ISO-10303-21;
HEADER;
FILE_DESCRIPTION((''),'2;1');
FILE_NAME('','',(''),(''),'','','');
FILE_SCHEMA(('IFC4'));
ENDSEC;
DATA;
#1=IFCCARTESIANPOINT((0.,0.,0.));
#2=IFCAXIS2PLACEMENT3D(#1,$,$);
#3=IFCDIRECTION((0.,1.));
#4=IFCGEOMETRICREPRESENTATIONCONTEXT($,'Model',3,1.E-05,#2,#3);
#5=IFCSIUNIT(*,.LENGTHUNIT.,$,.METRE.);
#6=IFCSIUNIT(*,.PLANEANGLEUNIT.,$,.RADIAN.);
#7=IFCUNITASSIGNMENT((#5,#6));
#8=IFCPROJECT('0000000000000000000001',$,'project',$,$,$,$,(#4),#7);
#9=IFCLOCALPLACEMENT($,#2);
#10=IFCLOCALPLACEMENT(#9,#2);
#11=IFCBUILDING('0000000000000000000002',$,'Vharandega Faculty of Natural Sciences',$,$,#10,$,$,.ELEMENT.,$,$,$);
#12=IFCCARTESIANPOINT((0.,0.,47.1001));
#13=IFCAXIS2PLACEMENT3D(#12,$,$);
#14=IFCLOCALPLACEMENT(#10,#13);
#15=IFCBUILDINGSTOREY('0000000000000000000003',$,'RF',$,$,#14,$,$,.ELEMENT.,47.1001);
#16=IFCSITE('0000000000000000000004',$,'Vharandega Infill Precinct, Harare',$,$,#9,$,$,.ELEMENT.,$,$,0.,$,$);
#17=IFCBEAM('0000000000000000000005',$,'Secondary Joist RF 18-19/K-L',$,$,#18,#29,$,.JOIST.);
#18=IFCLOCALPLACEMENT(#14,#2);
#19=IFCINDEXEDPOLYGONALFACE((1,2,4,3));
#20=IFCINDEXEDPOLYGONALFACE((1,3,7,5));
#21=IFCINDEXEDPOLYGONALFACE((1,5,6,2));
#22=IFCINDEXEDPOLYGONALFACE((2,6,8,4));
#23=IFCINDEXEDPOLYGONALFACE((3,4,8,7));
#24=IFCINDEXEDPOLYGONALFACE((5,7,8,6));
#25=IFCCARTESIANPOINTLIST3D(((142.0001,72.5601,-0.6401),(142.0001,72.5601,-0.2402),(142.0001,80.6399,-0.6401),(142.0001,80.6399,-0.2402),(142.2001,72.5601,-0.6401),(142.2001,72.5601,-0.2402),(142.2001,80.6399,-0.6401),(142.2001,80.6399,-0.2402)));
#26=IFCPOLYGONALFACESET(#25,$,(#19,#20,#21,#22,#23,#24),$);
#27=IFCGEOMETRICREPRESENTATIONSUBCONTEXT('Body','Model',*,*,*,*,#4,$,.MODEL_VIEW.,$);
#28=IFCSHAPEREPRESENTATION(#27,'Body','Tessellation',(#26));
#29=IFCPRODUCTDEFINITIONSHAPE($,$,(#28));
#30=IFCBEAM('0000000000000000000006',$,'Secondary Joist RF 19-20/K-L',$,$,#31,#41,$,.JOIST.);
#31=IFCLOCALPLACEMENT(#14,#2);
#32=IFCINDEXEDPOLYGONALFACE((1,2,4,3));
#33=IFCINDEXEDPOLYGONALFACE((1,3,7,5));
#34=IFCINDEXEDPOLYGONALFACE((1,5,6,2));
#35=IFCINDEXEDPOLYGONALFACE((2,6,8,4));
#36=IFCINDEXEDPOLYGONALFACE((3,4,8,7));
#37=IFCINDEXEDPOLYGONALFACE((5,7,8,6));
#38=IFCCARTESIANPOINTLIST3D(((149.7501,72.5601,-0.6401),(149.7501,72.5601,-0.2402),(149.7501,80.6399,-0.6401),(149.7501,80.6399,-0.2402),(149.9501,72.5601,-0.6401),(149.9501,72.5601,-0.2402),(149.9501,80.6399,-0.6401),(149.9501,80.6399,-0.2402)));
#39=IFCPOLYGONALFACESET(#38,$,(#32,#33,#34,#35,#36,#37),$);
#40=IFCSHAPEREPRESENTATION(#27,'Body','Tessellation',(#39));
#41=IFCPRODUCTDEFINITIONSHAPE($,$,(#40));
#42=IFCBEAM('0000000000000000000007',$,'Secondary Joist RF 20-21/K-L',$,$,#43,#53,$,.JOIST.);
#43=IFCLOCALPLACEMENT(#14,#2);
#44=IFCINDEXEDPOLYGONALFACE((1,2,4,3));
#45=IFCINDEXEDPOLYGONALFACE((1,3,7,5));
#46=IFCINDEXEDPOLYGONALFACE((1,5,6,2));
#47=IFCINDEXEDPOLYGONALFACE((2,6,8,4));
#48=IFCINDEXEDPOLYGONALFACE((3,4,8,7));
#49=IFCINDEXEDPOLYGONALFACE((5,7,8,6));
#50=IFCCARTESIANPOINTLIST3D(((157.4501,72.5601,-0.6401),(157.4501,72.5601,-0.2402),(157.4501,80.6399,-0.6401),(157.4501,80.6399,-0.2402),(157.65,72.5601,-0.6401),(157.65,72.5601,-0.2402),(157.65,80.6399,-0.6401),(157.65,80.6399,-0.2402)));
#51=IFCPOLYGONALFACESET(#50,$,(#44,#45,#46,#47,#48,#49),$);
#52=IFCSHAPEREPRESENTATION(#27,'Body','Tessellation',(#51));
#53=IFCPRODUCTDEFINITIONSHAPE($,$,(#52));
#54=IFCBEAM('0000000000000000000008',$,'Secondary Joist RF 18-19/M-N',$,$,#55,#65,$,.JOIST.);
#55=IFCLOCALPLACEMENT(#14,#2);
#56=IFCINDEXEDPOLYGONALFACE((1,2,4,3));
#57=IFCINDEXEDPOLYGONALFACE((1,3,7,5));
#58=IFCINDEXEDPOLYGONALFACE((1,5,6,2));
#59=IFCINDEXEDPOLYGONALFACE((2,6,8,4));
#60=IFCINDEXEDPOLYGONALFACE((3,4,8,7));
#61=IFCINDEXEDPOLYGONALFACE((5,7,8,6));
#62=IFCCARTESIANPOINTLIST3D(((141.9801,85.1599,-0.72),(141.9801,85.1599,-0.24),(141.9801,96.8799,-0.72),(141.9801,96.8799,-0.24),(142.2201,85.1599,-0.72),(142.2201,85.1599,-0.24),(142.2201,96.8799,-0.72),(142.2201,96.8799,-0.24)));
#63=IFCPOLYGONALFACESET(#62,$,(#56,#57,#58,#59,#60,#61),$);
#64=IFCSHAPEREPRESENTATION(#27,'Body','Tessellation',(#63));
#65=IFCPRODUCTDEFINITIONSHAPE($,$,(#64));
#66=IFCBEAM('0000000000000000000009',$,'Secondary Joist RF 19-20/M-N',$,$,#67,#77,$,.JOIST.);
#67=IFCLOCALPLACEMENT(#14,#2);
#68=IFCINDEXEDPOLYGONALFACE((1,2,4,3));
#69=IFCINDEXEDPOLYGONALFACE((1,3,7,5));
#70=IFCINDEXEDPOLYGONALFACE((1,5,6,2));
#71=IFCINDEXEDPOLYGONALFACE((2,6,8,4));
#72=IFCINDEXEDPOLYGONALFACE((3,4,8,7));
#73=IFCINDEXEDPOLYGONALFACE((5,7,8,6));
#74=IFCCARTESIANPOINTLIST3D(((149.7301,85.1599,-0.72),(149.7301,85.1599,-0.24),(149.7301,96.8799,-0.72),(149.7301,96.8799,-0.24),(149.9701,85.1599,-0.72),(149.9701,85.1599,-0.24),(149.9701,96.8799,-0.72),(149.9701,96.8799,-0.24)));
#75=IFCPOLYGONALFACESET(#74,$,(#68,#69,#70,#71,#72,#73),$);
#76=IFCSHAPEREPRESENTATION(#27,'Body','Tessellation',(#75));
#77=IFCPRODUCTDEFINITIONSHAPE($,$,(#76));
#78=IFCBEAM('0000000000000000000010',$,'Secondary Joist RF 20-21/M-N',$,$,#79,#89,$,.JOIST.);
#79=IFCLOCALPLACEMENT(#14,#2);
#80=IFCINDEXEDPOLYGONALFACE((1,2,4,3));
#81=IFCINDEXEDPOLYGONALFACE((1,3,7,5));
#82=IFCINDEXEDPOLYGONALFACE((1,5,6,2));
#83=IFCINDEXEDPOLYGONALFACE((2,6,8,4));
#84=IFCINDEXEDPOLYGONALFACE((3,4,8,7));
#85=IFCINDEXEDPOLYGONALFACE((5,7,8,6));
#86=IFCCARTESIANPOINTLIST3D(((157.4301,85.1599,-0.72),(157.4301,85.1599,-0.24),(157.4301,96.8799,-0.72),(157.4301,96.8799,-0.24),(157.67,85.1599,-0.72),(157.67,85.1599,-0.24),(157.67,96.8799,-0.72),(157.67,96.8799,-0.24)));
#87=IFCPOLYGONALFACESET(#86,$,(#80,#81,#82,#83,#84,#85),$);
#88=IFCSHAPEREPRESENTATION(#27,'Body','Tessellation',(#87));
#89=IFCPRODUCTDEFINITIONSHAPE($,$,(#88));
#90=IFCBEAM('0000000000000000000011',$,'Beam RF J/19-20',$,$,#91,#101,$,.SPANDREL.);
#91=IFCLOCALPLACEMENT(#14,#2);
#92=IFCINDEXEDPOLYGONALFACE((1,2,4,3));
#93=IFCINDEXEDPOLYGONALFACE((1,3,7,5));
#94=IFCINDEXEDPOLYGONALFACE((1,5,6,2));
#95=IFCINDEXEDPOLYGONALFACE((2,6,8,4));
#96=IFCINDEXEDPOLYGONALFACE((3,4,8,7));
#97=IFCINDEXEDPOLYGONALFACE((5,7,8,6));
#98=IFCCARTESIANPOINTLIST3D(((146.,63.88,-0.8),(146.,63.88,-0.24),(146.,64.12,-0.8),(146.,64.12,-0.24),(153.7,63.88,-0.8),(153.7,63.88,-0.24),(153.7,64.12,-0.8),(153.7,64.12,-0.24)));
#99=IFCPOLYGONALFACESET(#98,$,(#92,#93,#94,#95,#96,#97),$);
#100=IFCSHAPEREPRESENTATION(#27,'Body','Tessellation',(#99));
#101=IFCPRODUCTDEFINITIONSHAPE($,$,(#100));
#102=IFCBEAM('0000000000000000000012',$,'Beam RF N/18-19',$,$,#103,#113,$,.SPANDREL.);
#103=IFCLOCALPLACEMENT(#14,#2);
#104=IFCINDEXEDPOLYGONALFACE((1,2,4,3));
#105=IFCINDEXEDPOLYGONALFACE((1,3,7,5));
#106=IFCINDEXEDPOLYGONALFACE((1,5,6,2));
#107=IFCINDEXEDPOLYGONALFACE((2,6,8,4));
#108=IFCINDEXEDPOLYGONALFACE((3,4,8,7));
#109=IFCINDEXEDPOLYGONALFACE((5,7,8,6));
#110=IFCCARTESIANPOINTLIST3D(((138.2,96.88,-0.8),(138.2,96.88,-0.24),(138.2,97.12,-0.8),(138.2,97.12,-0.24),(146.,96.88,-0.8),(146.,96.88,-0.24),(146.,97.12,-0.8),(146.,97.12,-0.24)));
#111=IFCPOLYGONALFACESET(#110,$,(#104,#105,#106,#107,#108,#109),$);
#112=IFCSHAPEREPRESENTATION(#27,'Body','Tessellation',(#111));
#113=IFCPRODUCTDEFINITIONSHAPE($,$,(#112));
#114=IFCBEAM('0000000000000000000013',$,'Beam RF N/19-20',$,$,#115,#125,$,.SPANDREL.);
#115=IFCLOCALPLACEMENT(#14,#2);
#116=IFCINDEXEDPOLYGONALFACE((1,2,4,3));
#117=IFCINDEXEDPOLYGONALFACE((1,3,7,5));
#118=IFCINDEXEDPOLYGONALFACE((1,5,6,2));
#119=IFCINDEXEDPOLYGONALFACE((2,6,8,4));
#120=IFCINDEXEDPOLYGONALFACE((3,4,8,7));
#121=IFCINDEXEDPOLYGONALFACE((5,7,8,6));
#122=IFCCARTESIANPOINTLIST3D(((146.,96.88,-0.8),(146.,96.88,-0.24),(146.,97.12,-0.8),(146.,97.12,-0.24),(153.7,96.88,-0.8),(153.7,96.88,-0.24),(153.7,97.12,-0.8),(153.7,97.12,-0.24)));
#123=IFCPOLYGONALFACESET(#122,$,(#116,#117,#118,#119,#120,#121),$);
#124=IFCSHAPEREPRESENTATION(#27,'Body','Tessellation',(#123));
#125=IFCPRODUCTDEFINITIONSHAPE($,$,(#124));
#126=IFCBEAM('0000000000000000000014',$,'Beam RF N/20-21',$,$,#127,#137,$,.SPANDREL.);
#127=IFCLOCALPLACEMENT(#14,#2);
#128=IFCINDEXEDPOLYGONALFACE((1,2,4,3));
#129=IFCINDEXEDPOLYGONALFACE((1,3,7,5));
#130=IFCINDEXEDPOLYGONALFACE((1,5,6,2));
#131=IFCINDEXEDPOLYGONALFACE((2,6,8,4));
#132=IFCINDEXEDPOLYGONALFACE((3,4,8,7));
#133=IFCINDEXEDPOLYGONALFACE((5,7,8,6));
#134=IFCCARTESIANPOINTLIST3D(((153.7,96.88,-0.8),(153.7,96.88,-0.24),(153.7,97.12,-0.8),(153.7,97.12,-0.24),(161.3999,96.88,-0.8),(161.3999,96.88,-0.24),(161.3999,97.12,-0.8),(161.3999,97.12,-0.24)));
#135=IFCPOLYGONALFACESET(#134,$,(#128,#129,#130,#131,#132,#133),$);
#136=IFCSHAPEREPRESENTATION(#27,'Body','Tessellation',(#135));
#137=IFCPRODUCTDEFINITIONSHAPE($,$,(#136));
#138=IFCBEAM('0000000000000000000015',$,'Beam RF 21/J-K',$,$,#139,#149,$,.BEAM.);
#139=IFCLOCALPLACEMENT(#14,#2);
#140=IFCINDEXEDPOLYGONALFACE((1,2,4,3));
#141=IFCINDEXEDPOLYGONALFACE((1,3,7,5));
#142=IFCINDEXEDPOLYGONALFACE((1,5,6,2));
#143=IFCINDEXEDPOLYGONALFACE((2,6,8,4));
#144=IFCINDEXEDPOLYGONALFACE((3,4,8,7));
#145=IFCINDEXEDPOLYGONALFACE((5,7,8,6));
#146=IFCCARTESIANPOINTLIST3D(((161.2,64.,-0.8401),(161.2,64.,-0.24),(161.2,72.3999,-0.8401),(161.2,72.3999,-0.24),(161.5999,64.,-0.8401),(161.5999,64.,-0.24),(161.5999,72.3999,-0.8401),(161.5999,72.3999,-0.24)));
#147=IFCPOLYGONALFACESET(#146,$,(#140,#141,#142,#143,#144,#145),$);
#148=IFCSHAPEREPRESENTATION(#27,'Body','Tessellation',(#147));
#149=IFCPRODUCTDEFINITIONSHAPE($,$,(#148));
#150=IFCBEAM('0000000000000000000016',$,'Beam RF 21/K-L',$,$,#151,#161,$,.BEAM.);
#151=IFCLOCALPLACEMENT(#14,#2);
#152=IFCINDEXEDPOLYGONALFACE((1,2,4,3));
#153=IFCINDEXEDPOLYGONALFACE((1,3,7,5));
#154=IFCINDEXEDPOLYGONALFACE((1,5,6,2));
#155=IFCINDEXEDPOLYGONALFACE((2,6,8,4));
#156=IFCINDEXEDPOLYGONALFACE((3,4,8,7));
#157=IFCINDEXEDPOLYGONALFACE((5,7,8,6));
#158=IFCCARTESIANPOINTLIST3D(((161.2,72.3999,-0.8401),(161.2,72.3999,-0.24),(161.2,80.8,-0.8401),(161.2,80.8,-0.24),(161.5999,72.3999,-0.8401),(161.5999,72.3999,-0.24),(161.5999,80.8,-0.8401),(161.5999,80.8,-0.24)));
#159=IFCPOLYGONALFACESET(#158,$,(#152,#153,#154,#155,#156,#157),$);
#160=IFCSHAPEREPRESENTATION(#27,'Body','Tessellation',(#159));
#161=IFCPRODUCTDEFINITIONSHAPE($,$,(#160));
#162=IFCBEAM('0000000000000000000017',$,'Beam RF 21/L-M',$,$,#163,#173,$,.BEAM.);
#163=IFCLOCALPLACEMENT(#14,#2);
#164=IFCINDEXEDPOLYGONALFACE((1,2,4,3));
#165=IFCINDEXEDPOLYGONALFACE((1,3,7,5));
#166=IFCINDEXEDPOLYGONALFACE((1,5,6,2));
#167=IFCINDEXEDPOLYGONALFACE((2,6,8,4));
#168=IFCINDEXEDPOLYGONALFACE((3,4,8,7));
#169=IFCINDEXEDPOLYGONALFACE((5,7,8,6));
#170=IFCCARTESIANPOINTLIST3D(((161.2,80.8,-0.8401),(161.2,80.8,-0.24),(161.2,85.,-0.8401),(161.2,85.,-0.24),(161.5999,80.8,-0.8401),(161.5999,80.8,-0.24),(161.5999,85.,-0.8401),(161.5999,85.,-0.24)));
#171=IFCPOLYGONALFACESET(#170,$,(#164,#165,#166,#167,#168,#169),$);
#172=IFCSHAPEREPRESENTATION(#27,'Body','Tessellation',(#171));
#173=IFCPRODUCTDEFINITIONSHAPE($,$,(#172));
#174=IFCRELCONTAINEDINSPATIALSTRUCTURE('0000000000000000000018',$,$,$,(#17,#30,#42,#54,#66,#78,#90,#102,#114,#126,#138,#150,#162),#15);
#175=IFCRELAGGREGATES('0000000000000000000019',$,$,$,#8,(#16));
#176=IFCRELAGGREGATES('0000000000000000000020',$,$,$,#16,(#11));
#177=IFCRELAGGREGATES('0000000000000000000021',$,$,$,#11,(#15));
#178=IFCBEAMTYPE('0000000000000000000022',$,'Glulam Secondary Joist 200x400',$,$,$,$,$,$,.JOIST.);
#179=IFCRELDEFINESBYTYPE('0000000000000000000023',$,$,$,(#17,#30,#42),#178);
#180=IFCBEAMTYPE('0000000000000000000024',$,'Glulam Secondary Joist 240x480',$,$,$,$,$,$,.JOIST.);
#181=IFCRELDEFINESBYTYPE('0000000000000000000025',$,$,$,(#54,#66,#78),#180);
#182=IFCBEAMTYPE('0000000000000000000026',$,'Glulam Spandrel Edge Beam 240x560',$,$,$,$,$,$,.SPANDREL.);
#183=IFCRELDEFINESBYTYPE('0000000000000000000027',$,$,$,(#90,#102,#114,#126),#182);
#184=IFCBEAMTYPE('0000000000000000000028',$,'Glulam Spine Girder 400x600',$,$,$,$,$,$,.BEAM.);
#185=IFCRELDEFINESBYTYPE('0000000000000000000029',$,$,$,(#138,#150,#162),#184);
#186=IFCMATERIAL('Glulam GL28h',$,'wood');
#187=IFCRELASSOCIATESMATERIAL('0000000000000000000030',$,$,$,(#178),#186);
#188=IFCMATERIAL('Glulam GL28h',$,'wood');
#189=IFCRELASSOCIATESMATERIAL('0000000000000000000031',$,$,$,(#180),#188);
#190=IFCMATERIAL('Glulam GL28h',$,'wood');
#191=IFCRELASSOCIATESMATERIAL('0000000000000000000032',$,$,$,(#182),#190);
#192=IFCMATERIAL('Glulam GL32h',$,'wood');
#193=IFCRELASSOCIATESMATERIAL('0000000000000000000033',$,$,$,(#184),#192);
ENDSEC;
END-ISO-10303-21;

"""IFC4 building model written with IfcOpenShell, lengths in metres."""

from ifc_helpers import new_model, si_unit, direction, frame, origin, origin_2d, place, context, subcontext, project, spatial, rectangle, extrude, material, material_profile, profile_set, type_object, element, save


model = new_model("IFC4")

# Units and contexts
model_context = context("Model", 3, precision=1e-05, world=origin(), true_north=direction((0.0, 1.0)))
body_context = subcontext(model_context, "Body", "Model", "MODEL_VIEW")
ifc_project = project(units=[si_unit("LENGTHUNIT", "METRE"), si_unit("PLANEANGLEUNIT", "RADIAN")], contexts=[model_context])

# Site, building, storey
site_placement = place(None, origin())
site = spatial("IfcSite", under=ifc_project, at=site_placement, Name="Vharandega Infill Precinct, Harare", CompositionType="ELEMENT", RefElevation=0.0)
building_placement = place(site_placement, origin())
building = spatial("IfcBuilding", under=site, at=building_placement, Name="Vharandega Faculty of Natural Sciences", CompositionType="ELEMENT")
storey_placement = place(building_placement, frame((0.0, 0.0, 47.1001)))
storey = spatial("IfcBuildingStorey", under=building, at=storey_placement, Name="RF", CompositionType="ELEMENT", Elevation=47.1001)

# Beams
ifc_material_1 = material(Name="Glulam GL28h", Category="wood")
ifc_material_profile_1 = material_profile(ifc_material_1, rectangle(XDim=0.2, YDim=0.3999, at=origin_2d()), Name="GL28h 200x400")
ifc_profile_set_1 = profile_set([ifc_material_profile_1], Name="Glulam GL28h")
beam_type_1 = type_object("IfcBeamType", Name="Glulam Secondary Joist 200x400", PredefinedType="JOIST", material=ifc_profile_set_1)
for number, where, z_axis, x_axis, name in (
    (1, (142.1001, 72.5601, -0.4402), (0.0, 1.0, 0.0), (-1.0, 0.0, 0.0), "Secondary Joist RF 18-19/K-L"),
    (2, (149.8501, 72.5601, -0.4402), (0.0, 1.0, 0.0), (-1.0, 0.0, 0.0), "Secondary Joist RF 19-20/K-L"),
    (3, (157.55, 72.5601, -0.4402), (0.0, 1.0, 0.0), (-1.0, 0.0, 0.0), "Secondary Joist RF 20-21/K-L"),
):
    element("IfcBeam", number, at=place(storey_placement, frame(where, z_axis=z_axis, x_axis=x_axis)), inside=storey, type_object=beam_type_1, Name=name, PredefinedType="JOIST", context=body_context, shape_type="SweptSolid", body=[
        extrude(rectangle(XDim=0.2, YDim=0.3999, at=origin_2d()), origin(), (0.0, 0.0, 1.0), 8.0798),
    ])
ifc_material_2 = material(Name="Glulam GL28h", Category="wood")
ifc_material_profile_2 = material_profile(ifc_material_2, rectangle(XDim=0.24, YDim=0.48, at=origin_2d()), Name="GL28h 240x480")
ifc_profile_set_2 = profile_set([ifc_material_profile_2], Name="Glulam GL28h")
beam_type_2 = type_object("IfcBeamType", Name="Glulam Secondary Joist 240x480", PredefinedType="JOIST", material=ifc_profile_set_2)
for number, where, z_axis, x_axis, name in (
    (4, (142.1001, 85.1599, -0.48), (0.0, 1.0, 0.0), (-1.0, 0.0, 0.0), "Secondary Joist RF 18-19/M-N"),
    (5, (149.8501, 85.1599, -0.48), (0.0, 1.0, 0.0), (-1.0, 0.0, 0.0), "Secondary Joist RF 19-20/M-N"),
    (6, (157.55, 85.1599, -0.48), (0.0, 1.0, 0.0), (-1.0, 0.0, 0.0), "Secondary Joist RF 20-21/M-N"),
):
    element("IfcBeam", number, at=place(storey_placement, frame(where, z_axis=z_axis, x_axis=x_axis)), inside=storey, type_object=beam_type_2, Name=name, PredefinedType="JOIST", context=body_context, shape_type="SweptSolid", body=[
        extrude(rectangle(XDim=0.24, YDim=0.48, at=origin_2d()), origin(), (0.0, 0.0, 1.0), 11.72),
    ])
ifc_material_3 = material(Name="Glulam GL28h", Category="wood")
ifc_material_profile_3 = material_profile(ifc_material_3, rectangle(XDim=0.24, YDim=0.5601, at=origin_2d()), Name="GL28h 240x560")
ifc_profile_set_3 = profile_set([ifc_material_profile_3], Name="Glulam GL28h")
beam_type_3 = type_object("IfcBeamType", Name="Glulam Spandrel Edge Beam 240x560", PredefinedType="SPANDREL", material=ifc_profile_set_3)
beam_1_placement = place(storey_placement, frame((146.0, 64.0, -0.52), z_axis=(1.0, 0.0, 0.0), x_axis=(0.0, 1.0, 0.0)))
element("IfcBeam", 7, at=beam_1_placement, inside=storey, type_object=beam_type_3, Name="Beam RF J/19-20", PredefinedType="SPANDREL", context=body_context, shape_type="SweptSolid", body=[
    extrude(rectangle(XDim=0.24, YDim=0.5601, at=origin_2d()), origin(), (0.0, 0.0, 1.0), 7.7),
])
beam_2_placement = place(storey_placement, frame((138.2, 97.0, -0.52), z_axis=(1.0, 0.0, 0.0), x_axis=(0.0, 1.0, 0.0)))
element("IfcBeam", 8, at=beam_2_placement, inside=storey, type_object=beam_type_3, Name="Beam RF N/18-19", PredefinedType="SPANDREL", context=body_context, shape_type="SweptSolid", body=[
    extrude(rectangle(XDim=0.24, YDim=0.5601, at=origin_2d()), origin(), (0.0, 0.0, 1.0), 7.8),
])
for number, where, z_axis, x_axis, name in (
    (9, (146.0, 97.0, -0.52), (1.0, 0.0, 0.0), (0.0, 1.0, 0.0), "Beam RF N/19-20"),
    (10, (153.7, 97.0, -0.52), (1.0, 0.0, 0.0), (0.0, 1.0, 0.0), "Beam RF N/20-21"),
):
    element("IfcBeam", number, at=place(storey_placement, frame(where, z_axis=z_axis, x_axis=x_axis)), inside=storey, type_object=beam_type_3, Name=name, PredefinedType="SPANDREL", context=body_context, shape_type="SweptSolid", body=[
        extrude(rectangle(XDim=0.24, YDim=0.5601, at=origin_2d()), origin(), (0.0, 0.0, 1.0), 7.7),
    ])
ifc_material_4 = material(Name="Glulam GL32h", Category="wood")
ifc_material_profile_4 = material_profile(ifc_material_4, rectangle(XDim=0.3999, YDim=0.6001, at=origin_2d()), Name="GL32h 400x600")
ifc_profile_set_4 = profile_set([ifc_material_profile_4], Name="Glulam GL32h")
beam_type_4 = type_object("IfcBeamType", Name="Glulam Spine Girder 400x600", PredefinedType="BEAM", material=ifc_profile_set_4)
beam_3_placement = place(storey_placement, frame((161.3999, 64.0, -0.54), z_axis=(0.0, 1.0, 0.0), x_axis=(-1.0, 0.0, 0.0)))
element("IfcBeam", 11, at=beam_3_placement, inside=storey, type_object=beam_type_4, Name="Beam RF 21/J-K", PredefinedType="BEAM", context=body_context, shape_type="SweptSolid", body=[
    extrude(rectangle(XDim=0.3999, YDim=0.6001, at=origin_2d()), origin(), (0.0, 0.0, 1.0), 8.3999),
])
beam_4_placement = place(storey_placement, frame((161.3999, 72.3999, -0.54), z_axis=(0.0, 1.0, 0.0), x_axis=(-1.0, 0.0, 0.0)))
element("IfcBeam", 12, at=beam_4_placement, inside=storey, type_object=beam_type_4, Name="Beam RF 21/K-L", PredefinedType="BEAM", context=body_context, shape_type="SweptSolid", body=[
    extrude(rectangle(XDim=0.3999, YDim=0.6001, at=origin_2d()), origin(), (0.0, 0.0, 1.0), 8.4001),
])
beam_5_placement = place(storey_placement, frame((161.3999, 80.8, -0.54), z_axis=(0.0, 1.0, 0.0), x_axis=(-1.0, 0.0, 0.0)))
element("IfcBeam", 13, at=beam_5_placement, inside=storey, type_object=beam_type_4, Name="Beam RF 21/L-M", PredefinedType="BEAM", context=body_context, shape_type="SweptSolid", body=[
    extrude(rectangle(XDim=0.3999, YDim=0.6001, at=origin_2d()), origin(), (0.0, 0.0, 1.0), 4.2),
])

save(model, "model.ifc")
